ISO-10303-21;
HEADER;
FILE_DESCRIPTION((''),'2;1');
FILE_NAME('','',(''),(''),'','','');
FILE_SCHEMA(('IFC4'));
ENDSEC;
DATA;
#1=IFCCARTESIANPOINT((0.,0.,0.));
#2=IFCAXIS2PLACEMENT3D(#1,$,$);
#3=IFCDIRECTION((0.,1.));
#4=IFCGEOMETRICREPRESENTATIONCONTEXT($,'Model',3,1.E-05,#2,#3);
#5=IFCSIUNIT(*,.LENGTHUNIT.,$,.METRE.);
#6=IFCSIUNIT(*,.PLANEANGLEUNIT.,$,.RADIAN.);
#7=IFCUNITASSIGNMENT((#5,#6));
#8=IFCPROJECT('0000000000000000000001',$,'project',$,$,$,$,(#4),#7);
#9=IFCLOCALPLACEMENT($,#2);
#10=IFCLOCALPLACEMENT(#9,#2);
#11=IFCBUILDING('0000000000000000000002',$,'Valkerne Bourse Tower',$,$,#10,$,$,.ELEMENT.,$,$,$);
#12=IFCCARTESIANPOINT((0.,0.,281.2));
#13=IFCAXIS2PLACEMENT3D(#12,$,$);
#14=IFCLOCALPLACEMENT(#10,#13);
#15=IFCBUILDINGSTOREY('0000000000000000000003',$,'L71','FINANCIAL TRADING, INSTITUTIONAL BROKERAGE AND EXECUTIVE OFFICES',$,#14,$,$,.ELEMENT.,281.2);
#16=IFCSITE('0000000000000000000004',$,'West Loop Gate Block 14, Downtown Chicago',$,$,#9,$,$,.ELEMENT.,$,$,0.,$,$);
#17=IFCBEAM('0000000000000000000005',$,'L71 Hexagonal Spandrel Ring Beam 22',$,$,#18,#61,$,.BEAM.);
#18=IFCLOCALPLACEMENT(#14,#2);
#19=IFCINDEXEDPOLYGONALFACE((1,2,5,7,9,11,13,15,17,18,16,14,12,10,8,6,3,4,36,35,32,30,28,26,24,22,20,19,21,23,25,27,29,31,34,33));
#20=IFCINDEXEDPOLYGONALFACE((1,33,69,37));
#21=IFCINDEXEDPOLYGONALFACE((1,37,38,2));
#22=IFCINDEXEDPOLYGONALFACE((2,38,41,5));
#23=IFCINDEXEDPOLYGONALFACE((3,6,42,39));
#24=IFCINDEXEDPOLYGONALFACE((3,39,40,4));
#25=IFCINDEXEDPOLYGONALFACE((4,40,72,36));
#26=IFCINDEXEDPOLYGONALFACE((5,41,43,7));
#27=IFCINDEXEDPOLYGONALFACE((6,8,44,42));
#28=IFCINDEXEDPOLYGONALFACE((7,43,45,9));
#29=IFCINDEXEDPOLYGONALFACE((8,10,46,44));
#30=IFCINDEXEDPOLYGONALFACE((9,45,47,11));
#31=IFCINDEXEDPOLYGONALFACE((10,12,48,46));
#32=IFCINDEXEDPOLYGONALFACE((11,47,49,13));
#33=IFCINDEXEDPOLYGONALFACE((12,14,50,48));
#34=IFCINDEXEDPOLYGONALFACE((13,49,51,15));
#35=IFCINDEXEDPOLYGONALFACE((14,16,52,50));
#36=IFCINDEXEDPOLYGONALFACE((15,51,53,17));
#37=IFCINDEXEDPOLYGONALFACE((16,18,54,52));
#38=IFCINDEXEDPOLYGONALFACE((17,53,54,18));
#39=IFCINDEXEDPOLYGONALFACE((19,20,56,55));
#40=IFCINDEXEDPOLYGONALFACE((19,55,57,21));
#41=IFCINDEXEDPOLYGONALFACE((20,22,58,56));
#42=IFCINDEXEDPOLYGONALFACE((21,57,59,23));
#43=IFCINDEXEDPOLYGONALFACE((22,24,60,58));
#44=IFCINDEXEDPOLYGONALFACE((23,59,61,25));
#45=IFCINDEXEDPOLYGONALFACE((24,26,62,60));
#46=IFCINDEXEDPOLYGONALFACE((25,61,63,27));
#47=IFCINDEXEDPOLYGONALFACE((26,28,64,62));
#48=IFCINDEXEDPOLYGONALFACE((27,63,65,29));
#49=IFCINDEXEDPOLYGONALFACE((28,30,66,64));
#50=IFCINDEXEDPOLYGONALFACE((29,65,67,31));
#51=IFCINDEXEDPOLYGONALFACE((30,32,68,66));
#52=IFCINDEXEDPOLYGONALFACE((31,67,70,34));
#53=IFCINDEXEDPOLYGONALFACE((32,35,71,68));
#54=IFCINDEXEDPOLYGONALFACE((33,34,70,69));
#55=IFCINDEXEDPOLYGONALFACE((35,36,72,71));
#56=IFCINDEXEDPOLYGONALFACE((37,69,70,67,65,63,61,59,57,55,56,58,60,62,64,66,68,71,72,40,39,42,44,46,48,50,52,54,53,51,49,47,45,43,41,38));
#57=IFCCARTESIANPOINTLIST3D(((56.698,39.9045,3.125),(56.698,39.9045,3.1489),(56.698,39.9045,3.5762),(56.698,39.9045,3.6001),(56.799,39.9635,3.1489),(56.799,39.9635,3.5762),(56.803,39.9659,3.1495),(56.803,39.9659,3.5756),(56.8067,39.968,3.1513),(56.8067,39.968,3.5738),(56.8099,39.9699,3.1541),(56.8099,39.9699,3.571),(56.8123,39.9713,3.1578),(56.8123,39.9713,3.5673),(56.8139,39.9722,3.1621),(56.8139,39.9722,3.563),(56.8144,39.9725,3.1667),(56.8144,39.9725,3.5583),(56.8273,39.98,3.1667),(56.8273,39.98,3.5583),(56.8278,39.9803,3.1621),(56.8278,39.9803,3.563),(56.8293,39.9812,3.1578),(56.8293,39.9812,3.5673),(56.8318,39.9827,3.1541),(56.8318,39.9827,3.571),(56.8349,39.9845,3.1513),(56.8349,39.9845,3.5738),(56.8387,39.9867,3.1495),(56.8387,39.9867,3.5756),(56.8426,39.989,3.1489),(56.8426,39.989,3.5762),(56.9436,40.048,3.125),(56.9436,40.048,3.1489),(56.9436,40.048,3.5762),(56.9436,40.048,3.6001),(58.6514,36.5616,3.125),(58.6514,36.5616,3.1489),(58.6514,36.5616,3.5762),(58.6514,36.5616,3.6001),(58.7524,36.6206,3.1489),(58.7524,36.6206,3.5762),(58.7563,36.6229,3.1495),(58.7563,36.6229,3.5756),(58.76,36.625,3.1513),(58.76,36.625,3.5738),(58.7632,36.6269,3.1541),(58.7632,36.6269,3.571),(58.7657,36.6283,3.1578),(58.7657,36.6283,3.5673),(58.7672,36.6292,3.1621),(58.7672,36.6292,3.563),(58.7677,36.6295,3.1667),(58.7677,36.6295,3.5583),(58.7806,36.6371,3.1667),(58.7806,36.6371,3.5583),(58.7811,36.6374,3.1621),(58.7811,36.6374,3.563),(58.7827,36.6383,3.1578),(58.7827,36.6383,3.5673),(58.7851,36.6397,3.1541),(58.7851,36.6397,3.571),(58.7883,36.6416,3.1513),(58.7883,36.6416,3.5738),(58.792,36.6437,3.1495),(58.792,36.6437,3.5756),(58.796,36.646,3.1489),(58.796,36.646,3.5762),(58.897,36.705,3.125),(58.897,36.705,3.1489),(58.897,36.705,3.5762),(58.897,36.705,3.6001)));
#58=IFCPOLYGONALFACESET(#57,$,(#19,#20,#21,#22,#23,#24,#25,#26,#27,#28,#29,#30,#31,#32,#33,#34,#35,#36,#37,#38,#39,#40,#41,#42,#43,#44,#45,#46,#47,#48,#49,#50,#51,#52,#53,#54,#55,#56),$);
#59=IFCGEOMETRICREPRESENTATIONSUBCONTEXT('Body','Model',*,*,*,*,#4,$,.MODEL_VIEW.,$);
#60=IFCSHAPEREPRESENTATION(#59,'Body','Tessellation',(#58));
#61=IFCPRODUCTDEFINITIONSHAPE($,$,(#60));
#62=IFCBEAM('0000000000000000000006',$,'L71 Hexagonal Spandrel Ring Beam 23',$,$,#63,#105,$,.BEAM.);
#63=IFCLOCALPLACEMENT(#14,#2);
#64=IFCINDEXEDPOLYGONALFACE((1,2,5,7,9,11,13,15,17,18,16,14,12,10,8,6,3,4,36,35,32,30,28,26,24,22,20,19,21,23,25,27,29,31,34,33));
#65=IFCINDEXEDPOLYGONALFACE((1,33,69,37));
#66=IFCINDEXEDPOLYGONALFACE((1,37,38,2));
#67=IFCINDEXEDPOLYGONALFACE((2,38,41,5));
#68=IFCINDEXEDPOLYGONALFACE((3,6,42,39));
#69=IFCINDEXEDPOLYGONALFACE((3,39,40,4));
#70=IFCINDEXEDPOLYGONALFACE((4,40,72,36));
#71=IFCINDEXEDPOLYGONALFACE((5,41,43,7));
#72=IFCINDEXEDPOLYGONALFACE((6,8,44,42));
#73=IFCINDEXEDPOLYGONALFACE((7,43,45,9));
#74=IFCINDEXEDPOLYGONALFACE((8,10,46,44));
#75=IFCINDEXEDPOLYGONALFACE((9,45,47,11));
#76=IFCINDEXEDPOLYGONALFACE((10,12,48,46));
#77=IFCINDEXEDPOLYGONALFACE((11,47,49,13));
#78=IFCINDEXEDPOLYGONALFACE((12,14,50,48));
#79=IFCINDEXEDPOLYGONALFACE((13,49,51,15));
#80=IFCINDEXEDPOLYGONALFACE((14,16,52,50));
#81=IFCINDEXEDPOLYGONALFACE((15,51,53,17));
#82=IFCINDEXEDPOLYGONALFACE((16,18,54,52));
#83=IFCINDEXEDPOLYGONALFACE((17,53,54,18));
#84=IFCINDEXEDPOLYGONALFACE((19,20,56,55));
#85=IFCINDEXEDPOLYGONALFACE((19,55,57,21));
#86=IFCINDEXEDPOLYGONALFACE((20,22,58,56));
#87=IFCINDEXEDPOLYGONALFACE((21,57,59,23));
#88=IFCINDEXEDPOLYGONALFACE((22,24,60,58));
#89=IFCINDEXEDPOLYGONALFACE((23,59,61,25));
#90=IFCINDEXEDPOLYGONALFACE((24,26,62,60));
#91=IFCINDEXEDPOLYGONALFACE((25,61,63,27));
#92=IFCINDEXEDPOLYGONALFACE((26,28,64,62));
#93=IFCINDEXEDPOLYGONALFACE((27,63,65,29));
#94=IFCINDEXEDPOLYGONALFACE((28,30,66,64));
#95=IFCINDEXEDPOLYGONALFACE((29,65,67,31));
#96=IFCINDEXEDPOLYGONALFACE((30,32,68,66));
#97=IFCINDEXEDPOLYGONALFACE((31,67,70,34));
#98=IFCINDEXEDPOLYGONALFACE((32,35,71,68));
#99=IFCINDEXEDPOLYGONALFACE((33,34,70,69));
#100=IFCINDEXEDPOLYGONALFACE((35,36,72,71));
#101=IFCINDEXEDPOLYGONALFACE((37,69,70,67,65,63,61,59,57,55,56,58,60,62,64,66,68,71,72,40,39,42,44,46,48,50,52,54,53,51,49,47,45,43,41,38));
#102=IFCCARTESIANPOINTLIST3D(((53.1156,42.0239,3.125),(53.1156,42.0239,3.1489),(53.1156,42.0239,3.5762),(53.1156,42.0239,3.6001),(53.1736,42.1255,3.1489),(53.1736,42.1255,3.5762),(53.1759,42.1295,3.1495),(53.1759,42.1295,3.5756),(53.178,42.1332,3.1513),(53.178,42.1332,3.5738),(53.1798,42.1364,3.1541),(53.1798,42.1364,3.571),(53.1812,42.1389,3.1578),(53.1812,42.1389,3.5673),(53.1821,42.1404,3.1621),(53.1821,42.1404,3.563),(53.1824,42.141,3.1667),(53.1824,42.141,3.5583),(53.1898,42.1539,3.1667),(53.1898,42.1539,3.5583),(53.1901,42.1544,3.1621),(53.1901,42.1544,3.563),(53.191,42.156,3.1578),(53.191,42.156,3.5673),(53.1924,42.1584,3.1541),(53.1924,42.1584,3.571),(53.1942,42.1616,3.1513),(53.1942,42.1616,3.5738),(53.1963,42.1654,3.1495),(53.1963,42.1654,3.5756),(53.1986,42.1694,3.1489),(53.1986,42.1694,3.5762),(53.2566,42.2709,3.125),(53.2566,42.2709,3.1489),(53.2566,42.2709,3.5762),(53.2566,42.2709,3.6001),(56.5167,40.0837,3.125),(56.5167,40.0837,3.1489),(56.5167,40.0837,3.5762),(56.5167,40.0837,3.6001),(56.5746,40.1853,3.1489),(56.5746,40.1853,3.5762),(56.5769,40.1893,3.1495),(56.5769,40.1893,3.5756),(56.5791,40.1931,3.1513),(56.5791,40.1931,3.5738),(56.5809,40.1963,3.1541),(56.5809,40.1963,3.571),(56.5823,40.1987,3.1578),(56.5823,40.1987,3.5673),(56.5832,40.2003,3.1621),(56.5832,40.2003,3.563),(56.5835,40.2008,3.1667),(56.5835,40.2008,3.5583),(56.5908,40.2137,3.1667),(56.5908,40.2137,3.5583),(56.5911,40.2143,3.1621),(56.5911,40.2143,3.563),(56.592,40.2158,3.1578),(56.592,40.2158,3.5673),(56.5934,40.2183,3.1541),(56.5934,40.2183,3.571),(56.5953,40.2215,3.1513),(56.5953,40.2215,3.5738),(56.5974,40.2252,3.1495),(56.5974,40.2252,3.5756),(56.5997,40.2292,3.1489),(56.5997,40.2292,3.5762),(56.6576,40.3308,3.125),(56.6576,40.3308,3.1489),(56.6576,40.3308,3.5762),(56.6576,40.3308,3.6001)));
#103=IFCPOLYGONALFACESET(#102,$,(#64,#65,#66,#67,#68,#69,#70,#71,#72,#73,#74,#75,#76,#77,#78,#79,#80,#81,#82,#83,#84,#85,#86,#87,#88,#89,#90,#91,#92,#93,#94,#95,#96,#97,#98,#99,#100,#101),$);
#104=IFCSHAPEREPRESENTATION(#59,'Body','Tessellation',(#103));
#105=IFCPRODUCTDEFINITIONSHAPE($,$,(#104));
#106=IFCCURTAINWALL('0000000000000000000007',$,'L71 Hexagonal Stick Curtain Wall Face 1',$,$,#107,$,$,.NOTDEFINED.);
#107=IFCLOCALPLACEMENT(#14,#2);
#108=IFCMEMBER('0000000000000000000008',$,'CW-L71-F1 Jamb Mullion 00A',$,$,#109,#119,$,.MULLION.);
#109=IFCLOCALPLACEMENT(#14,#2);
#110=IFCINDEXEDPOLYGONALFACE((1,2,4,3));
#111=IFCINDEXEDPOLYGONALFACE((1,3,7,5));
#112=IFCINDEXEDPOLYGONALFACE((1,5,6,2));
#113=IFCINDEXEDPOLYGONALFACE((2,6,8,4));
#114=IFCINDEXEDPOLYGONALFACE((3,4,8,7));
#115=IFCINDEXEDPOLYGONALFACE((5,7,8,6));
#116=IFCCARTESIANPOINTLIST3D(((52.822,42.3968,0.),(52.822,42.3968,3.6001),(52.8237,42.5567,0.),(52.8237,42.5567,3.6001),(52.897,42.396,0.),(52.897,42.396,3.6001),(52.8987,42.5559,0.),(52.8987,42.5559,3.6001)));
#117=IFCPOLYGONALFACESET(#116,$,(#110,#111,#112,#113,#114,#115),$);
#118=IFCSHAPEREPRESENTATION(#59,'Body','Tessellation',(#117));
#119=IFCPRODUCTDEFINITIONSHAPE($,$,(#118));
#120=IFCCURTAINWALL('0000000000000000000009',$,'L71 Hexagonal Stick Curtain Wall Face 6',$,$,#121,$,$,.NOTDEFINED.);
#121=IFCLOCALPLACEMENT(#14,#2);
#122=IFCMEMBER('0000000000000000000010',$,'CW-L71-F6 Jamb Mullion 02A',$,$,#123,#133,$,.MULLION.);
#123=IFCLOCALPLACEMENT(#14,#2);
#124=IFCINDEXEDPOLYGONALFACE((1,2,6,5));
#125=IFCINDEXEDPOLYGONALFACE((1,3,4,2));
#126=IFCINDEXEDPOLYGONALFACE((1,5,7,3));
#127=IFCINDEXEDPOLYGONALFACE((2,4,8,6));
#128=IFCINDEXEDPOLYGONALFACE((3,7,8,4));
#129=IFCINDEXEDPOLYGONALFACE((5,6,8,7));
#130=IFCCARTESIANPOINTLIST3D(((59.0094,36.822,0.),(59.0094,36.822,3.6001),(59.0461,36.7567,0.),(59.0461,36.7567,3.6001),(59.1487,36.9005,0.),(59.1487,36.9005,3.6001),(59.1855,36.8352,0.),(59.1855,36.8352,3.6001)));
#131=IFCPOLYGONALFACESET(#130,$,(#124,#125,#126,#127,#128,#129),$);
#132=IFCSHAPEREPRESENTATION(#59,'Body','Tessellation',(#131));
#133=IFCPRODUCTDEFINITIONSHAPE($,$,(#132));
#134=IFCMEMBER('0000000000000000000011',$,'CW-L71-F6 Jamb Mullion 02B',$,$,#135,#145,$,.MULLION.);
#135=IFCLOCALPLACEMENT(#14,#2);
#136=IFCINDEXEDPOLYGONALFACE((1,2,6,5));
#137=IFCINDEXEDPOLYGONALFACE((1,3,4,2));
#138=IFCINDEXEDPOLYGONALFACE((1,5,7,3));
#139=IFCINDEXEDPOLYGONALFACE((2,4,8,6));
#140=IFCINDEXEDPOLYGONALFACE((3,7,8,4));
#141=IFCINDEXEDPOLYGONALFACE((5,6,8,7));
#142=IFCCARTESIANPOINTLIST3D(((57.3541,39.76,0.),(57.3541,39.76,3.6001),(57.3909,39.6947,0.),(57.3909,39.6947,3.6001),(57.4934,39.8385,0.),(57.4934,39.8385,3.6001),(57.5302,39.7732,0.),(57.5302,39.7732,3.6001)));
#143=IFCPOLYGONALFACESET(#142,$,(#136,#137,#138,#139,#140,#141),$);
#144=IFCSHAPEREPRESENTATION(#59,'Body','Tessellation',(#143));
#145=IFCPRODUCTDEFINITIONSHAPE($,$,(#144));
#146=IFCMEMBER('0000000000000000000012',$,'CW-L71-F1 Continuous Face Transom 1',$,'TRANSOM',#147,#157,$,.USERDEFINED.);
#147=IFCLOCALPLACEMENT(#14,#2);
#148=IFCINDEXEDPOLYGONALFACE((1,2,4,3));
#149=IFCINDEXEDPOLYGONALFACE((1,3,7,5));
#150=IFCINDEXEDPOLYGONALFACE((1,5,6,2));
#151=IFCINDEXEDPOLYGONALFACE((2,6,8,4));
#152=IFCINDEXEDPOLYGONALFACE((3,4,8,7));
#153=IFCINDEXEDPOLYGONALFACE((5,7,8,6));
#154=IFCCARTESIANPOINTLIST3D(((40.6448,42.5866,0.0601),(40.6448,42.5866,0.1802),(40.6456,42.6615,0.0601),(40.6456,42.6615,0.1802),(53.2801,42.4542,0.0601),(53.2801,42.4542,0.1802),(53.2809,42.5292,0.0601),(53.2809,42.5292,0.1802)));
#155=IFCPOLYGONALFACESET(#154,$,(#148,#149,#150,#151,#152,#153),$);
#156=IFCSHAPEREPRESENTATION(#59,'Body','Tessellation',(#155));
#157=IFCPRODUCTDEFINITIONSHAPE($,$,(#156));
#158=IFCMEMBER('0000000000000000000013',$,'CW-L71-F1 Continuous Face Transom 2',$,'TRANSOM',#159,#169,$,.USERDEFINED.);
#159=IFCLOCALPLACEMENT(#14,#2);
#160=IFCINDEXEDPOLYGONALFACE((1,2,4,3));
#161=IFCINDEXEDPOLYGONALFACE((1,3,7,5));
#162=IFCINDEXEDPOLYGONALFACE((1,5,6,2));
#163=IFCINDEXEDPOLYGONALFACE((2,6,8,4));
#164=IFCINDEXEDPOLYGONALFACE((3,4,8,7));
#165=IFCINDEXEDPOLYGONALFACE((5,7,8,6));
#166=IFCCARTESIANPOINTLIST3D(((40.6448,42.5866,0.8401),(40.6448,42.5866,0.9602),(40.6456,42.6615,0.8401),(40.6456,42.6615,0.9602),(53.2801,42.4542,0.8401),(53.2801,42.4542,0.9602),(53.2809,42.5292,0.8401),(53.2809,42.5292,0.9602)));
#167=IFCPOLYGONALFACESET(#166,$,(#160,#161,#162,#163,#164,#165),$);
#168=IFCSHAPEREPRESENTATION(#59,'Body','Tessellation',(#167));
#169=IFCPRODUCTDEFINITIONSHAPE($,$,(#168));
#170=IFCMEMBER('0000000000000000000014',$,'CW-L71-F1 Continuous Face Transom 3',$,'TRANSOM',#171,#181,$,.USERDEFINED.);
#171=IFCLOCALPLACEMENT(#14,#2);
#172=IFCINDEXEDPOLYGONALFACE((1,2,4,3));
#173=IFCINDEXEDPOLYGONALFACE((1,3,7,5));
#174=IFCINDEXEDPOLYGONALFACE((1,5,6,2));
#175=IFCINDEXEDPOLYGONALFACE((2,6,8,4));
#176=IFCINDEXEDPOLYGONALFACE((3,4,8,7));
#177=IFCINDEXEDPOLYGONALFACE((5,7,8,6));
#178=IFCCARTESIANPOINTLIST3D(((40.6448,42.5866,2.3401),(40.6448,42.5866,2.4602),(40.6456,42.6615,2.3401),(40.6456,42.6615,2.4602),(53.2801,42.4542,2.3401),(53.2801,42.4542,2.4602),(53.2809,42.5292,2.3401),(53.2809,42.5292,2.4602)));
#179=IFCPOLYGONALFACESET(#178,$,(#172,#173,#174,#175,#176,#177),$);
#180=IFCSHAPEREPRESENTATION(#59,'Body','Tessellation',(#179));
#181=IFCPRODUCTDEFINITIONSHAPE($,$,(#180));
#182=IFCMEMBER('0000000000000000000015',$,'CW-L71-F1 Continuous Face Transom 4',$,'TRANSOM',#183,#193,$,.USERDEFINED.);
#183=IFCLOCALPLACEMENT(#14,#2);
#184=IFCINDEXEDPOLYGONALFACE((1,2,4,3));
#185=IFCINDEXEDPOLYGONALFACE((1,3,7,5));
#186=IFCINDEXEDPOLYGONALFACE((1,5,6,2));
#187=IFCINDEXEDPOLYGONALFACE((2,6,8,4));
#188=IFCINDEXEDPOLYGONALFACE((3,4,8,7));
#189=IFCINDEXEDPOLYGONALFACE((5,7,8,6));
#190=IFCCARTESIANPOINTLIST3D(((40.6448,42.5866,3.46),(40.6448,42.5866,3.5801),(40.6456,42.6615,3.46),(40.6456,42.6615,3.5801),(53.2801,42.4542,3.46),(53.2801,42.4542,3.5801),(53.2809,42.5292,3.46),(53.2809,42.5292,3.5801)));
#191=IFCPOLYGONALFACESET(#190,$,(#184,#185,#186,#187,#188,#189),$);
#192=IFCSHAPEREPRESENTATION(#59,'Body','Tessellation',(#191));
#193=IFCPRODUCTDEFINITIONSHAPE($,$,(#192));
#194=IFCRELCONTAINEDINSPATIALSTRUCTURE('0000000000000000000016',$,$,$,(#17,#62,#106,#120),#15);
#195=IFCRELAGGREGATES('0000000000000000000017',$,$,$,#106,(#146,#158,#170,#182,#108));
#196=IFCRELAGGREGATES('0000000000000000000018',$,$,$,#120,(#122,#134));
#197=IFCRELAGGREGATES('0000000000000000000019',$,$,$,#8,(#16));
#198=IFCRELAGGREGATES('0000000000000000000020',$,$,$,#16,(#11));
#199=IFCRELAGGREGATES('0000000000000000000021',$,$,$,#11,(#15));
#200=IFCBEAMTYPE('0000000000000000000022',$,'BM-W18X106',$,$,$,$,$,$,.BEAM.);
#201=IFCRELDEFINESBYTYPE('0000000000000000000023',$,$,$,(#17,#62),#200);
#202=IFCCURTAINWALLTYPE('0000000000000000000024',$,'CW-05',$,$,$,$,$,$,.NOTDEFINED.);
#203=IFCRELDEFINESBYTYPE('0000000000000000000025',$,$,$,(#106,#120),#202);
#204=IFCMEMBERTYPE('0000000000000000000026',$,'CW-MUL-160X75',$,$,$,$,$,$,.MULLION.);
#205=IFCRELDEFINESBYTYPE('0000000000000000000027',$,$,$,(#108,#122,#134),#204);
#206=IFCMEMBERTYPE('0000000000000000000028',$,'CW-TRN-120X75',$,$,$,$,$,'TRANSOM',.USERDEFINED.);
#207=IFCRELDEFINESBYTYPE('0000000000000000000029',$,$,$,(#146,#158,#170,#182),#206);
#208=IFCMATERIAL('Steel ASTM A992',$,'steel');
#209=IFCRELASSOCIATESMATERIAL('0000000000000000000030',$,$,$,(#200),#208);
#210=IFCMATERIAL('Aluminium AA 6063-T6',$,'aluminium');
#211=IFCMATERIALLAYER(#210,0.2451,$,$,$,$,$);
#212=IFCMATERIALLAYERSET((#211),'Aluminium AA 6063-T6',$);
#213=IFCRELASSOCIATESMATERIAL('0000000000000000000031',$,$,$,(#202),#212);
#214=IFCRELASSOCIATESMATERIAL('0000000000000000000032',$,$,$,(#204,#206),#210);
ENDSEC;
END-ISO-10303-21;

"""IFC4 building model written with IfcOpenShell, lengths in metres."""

from ifc_helpers import new_model, si_unit, direction, frame, origin, origin_2d, place, context, subcontext, project, spatial, rectangle, i_section, extrude, material, layer, layer_set, material_profile, profile_set, type_object, element, aggregate, save


model = new_model("IFC4")

# Units and contexts
model_context = context("Model", 3, precision=1e-05, world=origin(), true_north=direction((0.0, 1.0)))
body_context = subcontext(model_context, "Body", "Model", "MODEL_VIEW")
ifc_project = project(units=[si_unit("LENGTHUNIT", "METRE"), si_unit("PLANEANGLEUNIT", "RADIAN")], contexts=[model_context])

# Site, building, storey
site_placement = place(None, origin())
site = spatial("IfcSite", under=ifc_project, at=site_placement, Name="West Loop Gate Block 14, Downtown Chicago", CompositionType="ELEMENT", RefElevation=0.0)
building_placement = place(site_placement, origin())
building = spatial("IfcBuilding", under=site, at=building_placement, Name="Valkerne Bourse Tower", CompositionType="ELEMENT")
storey_placement = place(building_placement, frame((0.0, 0.0, 281.2)))
storey = spatial("IfcBuildingStorey", under=building, at=storey_placement, Name="L71", Description="FINANCIAL TRADING, INSTITUTIONAL BROKERAGE AND EXECUTIVE OFFICES", CompositionType="ELEMENT", Elevation=281.2)

# Beams
ifc_material_1 = material(Name="Steel ASTM A992", Category="steel")
ifc_material_profile_1 = material_profile(ifc_material_1, i_section(OverallWidth=0.2844, OverallDepth=0.4751, WebThickness=0.0149, FlangeThickness=0.0239, FilletRadius=0.0178, at=origin_2d()), Name="W18X106")
ifc_profile_set_1 = profile_set([ifc_material_profile_1], Name="Steel ASTM A992")
beam_type = type_object("IfcBeamType", Name="BM-W18X106", PredefinedType="BEAM", material=ifc_profile_set_1)
beam_1_placement = place(storey_placement, frame((58.7742, 36.6333, 3.3625), z_axis=(-0.504502, 0.86341, 0.0), x_axis=(-0.86341, -0.504502, 0.0)))
element("IfcBeam", 1, at=beam_1_placement, inside=storey, type_object=beam_type, Name="L71 Hexagonal Spandrel Ring Beam 22", PredefinedType="BEAM", context=body_context, shape_type="SweptSolid", body=[
    extrude(i_section(OverallWidth=0.2844, OverallDepth=0.4751, WebThickness=0.0149, FlangeThickness=0.0239, FilletRadius=0.0178, at=origin_2d()), origin(), (0.0, 0.0, 1.0), 3.8718),
])
beam_2_placement = place(storey_placement, frame((56.5872, 40.2073, 3.3625), z_axis=(-0.868607, 0.495501, 0.0), x_axis=(-0.495501, -0.868607, 0.0)))
element("IfcBeam", 2, at=beam_2_placement, inside=storey, type_object=beam_type, Name="L71 Hexagonal Spandrel Ring Beam 23", PredefinedType="BEAM", context=body_context, shape_type="SweptSolid", body=[
    extrude(i_section(OverallWidth=0.2844, OverallDepth=0.4751, WebThickness=0.0149, FlangeThickness=0.0239, FilletRadius=0.0178, at=origin_2d()), origin(), (0.0, 0.0, 1.0), 3.9155),
])

# Curtain wall, member
ifc_material_2 = material(Name="Aluminium AA 6063-T6", Category="aluminium")
ifc_layer_1 = layer(ifc_material_2, 0.2451)
ifc_layer_set_1 = layer_set([ifc_layer_1], Name="Aluminium AA 6063-T6")
curtain_wall_type = type_object("IfcCurtainWallType", Name="CW-05", PredefinedType="NOTDEFINED", material=ifc_layer_set_1)
curtain_wall_1_placement = place(storey_placement, origin())
curtain_wall_1 = element("IfcCurtainWall", 3, at=curtain_wall_1_placement, inside=storey, type_object=curtain_wall_type, Name="L71 Hexagonal Stick Curtain Wall Face 1", PredefinedType="NOTDEFINED")
ifc_material_profile_2 = material_profile(ifc_material_2, rectangle(XDim=0.075, YDim=0.1599, at=origin_2d()), Name="CWM-75X160")
ifc_profile_set_2 = profile_set([ifc_material_profile_2], Name="Aluminium AA 6063-T6")
member_type_1 = type_object("IfcMemberType", Name="CW-MUL-160X75", PredefinedType="MULLION", material=ifc_profile_set_2)
member_1_placement = place(storey_placement, frame((52.8604, 42.4763, 0.0), z_axis=(0.0, 0.0, 1.0), x_axis=(-0.999945, 0.01047, 0.0)))
member_1 = element("IfcMember", 4, at=member_1_placement, type_object=member_type_1, Name="CW-L71-F1 Jamb Mullion 00A", PredefinedType="MULLION", context=body_context, shape_type="SweptSolid", body=[
    extrude(rectangle(XDim=0.075, YDim=0.1599, at=origin_2d()), origin(), (0.0, 0.0, 1.0), 3.6001),
])

# Curtain wall, members
curtain_wall_2_placement = place(storey_placement, origin())
curtain_wall_2 = element("IfcCurtainWall", 5, at=curtain_wall_2_placement, inside=storey, type_object=curtain_wall_type, Name="L71 Hexagonal Stick Curtain Wall Face 6", PredefinedType="NOTDEFINED")
member_2_placement = place(storey_placement, frame((59.0974, 36.8286, 0.0), z_axis=(0.0, 0.0, 1.0), x_axis=(-0.490901, 0.871215, 0.0)))
member_2 = element("IfcMember", 6, at=member_2_placement, type_object=member_type_1, Name="CW-L71-F6 Jamb Mullion 02A", PredefinedType="MULLION", context=body_context, shape_type="SweptSolid", body=[
    extrude(rectangle(XDim=0.075, YDim=0.1599, at=origin_2d()), origin(), (0.0, 0.0, 1.0), 3.6001),
])
member_3_placement = place(storey_placement, frame((57.4421, 39.7666, 0.0), z_axis=(0.0, 0.0, 1.0), x_axis=(-0.490901, 0.871215, 0.0)))
member_3 = element("IfcMember", 7, at=member_3_placement, type_object=member_type_1, Name="CW-L71-F6 Jamb Mullion 02B", PredefinedType="MULLION", context=body_context, shape_type="SweptSolid", body=[
    extrude(rectangle(XDim=0.075, YDim=0.1599, at=origin_2d()), origin(), (0.0, 0.0, 1.0), 3.6001),
])

# Members
ifc_material_profile_3 = material_profile(ifc_material_2, rectangle(XDim=0.075, YDim=0.1201, at=origin_2d()), Name="CWT-75X120")
ifc_profile_set_3 = profile_set([ifc_material_profile_3], Name="Aluminium AA 6063-T6")
member_type_2 = type_object("IfcMemberType", Name="CW-TRN-120X75", ElementType="TRANSOM", PredefinedType="USERDEFINED", material=ifc_profile_set_3)
member_4_placement = place(storey_placement, frame((53.2805, 42.4917, 0.1201), z_axis=(-0.999945, 0.010472, 0.0), x_axis=(-0.010472, -0.999945, 0.0)))
member_4 = element("IfcMember", 8, at=member_4_placement, type_object=member_type_2, Name="CW-L71-F1 Continuous Face Transom 1", ObjectType="TRANSOM", PredefinedType="USERDEFINED", context=body_context, shape_type="SweptSolid", body=[
    extrude(rectangle(XDim=0.075, YDim=0.1201, at=origin_2d()), origin(), (0.0, 0.0, 1.0), 12.636),
])
member_5_placement = place(storey_placement, frame((53.2805, 42.4917, 0.9001), z_axis=(-0.999945, 0.010472, 0.0), x_axis=(-0.010472, -0.999945, 0.0)))
member_5 = element("IfcMember", 9, at=member_5_placement, type_object=member_type_2, Name="CW-L71-F1 Continuous Face Transom 2", ObjectType="TRANSOM", PredefinedType="USERDEFINED", context=body_context, shape_type="SweptSolid", body=[
    extrude(rectangle(XDim=0.075, YDim=0.1201, at=origin_2d()), origin(), (0.0, 0.0, 1.0), 12.636),
])
member_6_placement = place(storey_placement, frame((53.2805, 42.4917, 2.4001), z_axis=(-0.999945, 0.010472, 0.0), x_axis=(-0.010472, -0.999945, 0.0)))
member_6 = element("IfcMember", 10, at=member_6_placement, type_object=member_type_2, Name="CW-L71-F1 Continuous Face Transom 3", ObjectType="TRANSOM", PredefinedType="USERDEFINED", context=body_context, shape_type="SweptSolid", body=[
    extrude(rectangle(XDim=0.075, YDim=0.1201, at=origin_2d()), origin(), (0.0, 0.0, 1.0), 12.636),
])
member_7_placement = place(storey_placement, frame((53.2805, 42.4917, 3.52), z_axis=(-0.999945, 0.010472, 0.0), x_axis=(-0.010472, -0.999945, 0.0)))
member_7 = element("IfcMember", 11, at=member_7_placement, type_object=member_type_2, Name="CW-L71-F1 Continuous Face Transom 4", ObjectType="TRANSOM", PredefinedType="USERDEFINED", context=body_context, shape_type="SweptSolid", body=[
    extrude(rectangle(XDim=0.075, YDim=0.1201, at=origin_2d()), origin(), (0.0, 0.0, 1.0), 12.636),
])

aggregate(curtain_wall_1, [member_4, member_5, member_6, member_7, member_1])
aggregate(curtain_wall_2, [member_2, member_3])

save(model, "model.ifc")
